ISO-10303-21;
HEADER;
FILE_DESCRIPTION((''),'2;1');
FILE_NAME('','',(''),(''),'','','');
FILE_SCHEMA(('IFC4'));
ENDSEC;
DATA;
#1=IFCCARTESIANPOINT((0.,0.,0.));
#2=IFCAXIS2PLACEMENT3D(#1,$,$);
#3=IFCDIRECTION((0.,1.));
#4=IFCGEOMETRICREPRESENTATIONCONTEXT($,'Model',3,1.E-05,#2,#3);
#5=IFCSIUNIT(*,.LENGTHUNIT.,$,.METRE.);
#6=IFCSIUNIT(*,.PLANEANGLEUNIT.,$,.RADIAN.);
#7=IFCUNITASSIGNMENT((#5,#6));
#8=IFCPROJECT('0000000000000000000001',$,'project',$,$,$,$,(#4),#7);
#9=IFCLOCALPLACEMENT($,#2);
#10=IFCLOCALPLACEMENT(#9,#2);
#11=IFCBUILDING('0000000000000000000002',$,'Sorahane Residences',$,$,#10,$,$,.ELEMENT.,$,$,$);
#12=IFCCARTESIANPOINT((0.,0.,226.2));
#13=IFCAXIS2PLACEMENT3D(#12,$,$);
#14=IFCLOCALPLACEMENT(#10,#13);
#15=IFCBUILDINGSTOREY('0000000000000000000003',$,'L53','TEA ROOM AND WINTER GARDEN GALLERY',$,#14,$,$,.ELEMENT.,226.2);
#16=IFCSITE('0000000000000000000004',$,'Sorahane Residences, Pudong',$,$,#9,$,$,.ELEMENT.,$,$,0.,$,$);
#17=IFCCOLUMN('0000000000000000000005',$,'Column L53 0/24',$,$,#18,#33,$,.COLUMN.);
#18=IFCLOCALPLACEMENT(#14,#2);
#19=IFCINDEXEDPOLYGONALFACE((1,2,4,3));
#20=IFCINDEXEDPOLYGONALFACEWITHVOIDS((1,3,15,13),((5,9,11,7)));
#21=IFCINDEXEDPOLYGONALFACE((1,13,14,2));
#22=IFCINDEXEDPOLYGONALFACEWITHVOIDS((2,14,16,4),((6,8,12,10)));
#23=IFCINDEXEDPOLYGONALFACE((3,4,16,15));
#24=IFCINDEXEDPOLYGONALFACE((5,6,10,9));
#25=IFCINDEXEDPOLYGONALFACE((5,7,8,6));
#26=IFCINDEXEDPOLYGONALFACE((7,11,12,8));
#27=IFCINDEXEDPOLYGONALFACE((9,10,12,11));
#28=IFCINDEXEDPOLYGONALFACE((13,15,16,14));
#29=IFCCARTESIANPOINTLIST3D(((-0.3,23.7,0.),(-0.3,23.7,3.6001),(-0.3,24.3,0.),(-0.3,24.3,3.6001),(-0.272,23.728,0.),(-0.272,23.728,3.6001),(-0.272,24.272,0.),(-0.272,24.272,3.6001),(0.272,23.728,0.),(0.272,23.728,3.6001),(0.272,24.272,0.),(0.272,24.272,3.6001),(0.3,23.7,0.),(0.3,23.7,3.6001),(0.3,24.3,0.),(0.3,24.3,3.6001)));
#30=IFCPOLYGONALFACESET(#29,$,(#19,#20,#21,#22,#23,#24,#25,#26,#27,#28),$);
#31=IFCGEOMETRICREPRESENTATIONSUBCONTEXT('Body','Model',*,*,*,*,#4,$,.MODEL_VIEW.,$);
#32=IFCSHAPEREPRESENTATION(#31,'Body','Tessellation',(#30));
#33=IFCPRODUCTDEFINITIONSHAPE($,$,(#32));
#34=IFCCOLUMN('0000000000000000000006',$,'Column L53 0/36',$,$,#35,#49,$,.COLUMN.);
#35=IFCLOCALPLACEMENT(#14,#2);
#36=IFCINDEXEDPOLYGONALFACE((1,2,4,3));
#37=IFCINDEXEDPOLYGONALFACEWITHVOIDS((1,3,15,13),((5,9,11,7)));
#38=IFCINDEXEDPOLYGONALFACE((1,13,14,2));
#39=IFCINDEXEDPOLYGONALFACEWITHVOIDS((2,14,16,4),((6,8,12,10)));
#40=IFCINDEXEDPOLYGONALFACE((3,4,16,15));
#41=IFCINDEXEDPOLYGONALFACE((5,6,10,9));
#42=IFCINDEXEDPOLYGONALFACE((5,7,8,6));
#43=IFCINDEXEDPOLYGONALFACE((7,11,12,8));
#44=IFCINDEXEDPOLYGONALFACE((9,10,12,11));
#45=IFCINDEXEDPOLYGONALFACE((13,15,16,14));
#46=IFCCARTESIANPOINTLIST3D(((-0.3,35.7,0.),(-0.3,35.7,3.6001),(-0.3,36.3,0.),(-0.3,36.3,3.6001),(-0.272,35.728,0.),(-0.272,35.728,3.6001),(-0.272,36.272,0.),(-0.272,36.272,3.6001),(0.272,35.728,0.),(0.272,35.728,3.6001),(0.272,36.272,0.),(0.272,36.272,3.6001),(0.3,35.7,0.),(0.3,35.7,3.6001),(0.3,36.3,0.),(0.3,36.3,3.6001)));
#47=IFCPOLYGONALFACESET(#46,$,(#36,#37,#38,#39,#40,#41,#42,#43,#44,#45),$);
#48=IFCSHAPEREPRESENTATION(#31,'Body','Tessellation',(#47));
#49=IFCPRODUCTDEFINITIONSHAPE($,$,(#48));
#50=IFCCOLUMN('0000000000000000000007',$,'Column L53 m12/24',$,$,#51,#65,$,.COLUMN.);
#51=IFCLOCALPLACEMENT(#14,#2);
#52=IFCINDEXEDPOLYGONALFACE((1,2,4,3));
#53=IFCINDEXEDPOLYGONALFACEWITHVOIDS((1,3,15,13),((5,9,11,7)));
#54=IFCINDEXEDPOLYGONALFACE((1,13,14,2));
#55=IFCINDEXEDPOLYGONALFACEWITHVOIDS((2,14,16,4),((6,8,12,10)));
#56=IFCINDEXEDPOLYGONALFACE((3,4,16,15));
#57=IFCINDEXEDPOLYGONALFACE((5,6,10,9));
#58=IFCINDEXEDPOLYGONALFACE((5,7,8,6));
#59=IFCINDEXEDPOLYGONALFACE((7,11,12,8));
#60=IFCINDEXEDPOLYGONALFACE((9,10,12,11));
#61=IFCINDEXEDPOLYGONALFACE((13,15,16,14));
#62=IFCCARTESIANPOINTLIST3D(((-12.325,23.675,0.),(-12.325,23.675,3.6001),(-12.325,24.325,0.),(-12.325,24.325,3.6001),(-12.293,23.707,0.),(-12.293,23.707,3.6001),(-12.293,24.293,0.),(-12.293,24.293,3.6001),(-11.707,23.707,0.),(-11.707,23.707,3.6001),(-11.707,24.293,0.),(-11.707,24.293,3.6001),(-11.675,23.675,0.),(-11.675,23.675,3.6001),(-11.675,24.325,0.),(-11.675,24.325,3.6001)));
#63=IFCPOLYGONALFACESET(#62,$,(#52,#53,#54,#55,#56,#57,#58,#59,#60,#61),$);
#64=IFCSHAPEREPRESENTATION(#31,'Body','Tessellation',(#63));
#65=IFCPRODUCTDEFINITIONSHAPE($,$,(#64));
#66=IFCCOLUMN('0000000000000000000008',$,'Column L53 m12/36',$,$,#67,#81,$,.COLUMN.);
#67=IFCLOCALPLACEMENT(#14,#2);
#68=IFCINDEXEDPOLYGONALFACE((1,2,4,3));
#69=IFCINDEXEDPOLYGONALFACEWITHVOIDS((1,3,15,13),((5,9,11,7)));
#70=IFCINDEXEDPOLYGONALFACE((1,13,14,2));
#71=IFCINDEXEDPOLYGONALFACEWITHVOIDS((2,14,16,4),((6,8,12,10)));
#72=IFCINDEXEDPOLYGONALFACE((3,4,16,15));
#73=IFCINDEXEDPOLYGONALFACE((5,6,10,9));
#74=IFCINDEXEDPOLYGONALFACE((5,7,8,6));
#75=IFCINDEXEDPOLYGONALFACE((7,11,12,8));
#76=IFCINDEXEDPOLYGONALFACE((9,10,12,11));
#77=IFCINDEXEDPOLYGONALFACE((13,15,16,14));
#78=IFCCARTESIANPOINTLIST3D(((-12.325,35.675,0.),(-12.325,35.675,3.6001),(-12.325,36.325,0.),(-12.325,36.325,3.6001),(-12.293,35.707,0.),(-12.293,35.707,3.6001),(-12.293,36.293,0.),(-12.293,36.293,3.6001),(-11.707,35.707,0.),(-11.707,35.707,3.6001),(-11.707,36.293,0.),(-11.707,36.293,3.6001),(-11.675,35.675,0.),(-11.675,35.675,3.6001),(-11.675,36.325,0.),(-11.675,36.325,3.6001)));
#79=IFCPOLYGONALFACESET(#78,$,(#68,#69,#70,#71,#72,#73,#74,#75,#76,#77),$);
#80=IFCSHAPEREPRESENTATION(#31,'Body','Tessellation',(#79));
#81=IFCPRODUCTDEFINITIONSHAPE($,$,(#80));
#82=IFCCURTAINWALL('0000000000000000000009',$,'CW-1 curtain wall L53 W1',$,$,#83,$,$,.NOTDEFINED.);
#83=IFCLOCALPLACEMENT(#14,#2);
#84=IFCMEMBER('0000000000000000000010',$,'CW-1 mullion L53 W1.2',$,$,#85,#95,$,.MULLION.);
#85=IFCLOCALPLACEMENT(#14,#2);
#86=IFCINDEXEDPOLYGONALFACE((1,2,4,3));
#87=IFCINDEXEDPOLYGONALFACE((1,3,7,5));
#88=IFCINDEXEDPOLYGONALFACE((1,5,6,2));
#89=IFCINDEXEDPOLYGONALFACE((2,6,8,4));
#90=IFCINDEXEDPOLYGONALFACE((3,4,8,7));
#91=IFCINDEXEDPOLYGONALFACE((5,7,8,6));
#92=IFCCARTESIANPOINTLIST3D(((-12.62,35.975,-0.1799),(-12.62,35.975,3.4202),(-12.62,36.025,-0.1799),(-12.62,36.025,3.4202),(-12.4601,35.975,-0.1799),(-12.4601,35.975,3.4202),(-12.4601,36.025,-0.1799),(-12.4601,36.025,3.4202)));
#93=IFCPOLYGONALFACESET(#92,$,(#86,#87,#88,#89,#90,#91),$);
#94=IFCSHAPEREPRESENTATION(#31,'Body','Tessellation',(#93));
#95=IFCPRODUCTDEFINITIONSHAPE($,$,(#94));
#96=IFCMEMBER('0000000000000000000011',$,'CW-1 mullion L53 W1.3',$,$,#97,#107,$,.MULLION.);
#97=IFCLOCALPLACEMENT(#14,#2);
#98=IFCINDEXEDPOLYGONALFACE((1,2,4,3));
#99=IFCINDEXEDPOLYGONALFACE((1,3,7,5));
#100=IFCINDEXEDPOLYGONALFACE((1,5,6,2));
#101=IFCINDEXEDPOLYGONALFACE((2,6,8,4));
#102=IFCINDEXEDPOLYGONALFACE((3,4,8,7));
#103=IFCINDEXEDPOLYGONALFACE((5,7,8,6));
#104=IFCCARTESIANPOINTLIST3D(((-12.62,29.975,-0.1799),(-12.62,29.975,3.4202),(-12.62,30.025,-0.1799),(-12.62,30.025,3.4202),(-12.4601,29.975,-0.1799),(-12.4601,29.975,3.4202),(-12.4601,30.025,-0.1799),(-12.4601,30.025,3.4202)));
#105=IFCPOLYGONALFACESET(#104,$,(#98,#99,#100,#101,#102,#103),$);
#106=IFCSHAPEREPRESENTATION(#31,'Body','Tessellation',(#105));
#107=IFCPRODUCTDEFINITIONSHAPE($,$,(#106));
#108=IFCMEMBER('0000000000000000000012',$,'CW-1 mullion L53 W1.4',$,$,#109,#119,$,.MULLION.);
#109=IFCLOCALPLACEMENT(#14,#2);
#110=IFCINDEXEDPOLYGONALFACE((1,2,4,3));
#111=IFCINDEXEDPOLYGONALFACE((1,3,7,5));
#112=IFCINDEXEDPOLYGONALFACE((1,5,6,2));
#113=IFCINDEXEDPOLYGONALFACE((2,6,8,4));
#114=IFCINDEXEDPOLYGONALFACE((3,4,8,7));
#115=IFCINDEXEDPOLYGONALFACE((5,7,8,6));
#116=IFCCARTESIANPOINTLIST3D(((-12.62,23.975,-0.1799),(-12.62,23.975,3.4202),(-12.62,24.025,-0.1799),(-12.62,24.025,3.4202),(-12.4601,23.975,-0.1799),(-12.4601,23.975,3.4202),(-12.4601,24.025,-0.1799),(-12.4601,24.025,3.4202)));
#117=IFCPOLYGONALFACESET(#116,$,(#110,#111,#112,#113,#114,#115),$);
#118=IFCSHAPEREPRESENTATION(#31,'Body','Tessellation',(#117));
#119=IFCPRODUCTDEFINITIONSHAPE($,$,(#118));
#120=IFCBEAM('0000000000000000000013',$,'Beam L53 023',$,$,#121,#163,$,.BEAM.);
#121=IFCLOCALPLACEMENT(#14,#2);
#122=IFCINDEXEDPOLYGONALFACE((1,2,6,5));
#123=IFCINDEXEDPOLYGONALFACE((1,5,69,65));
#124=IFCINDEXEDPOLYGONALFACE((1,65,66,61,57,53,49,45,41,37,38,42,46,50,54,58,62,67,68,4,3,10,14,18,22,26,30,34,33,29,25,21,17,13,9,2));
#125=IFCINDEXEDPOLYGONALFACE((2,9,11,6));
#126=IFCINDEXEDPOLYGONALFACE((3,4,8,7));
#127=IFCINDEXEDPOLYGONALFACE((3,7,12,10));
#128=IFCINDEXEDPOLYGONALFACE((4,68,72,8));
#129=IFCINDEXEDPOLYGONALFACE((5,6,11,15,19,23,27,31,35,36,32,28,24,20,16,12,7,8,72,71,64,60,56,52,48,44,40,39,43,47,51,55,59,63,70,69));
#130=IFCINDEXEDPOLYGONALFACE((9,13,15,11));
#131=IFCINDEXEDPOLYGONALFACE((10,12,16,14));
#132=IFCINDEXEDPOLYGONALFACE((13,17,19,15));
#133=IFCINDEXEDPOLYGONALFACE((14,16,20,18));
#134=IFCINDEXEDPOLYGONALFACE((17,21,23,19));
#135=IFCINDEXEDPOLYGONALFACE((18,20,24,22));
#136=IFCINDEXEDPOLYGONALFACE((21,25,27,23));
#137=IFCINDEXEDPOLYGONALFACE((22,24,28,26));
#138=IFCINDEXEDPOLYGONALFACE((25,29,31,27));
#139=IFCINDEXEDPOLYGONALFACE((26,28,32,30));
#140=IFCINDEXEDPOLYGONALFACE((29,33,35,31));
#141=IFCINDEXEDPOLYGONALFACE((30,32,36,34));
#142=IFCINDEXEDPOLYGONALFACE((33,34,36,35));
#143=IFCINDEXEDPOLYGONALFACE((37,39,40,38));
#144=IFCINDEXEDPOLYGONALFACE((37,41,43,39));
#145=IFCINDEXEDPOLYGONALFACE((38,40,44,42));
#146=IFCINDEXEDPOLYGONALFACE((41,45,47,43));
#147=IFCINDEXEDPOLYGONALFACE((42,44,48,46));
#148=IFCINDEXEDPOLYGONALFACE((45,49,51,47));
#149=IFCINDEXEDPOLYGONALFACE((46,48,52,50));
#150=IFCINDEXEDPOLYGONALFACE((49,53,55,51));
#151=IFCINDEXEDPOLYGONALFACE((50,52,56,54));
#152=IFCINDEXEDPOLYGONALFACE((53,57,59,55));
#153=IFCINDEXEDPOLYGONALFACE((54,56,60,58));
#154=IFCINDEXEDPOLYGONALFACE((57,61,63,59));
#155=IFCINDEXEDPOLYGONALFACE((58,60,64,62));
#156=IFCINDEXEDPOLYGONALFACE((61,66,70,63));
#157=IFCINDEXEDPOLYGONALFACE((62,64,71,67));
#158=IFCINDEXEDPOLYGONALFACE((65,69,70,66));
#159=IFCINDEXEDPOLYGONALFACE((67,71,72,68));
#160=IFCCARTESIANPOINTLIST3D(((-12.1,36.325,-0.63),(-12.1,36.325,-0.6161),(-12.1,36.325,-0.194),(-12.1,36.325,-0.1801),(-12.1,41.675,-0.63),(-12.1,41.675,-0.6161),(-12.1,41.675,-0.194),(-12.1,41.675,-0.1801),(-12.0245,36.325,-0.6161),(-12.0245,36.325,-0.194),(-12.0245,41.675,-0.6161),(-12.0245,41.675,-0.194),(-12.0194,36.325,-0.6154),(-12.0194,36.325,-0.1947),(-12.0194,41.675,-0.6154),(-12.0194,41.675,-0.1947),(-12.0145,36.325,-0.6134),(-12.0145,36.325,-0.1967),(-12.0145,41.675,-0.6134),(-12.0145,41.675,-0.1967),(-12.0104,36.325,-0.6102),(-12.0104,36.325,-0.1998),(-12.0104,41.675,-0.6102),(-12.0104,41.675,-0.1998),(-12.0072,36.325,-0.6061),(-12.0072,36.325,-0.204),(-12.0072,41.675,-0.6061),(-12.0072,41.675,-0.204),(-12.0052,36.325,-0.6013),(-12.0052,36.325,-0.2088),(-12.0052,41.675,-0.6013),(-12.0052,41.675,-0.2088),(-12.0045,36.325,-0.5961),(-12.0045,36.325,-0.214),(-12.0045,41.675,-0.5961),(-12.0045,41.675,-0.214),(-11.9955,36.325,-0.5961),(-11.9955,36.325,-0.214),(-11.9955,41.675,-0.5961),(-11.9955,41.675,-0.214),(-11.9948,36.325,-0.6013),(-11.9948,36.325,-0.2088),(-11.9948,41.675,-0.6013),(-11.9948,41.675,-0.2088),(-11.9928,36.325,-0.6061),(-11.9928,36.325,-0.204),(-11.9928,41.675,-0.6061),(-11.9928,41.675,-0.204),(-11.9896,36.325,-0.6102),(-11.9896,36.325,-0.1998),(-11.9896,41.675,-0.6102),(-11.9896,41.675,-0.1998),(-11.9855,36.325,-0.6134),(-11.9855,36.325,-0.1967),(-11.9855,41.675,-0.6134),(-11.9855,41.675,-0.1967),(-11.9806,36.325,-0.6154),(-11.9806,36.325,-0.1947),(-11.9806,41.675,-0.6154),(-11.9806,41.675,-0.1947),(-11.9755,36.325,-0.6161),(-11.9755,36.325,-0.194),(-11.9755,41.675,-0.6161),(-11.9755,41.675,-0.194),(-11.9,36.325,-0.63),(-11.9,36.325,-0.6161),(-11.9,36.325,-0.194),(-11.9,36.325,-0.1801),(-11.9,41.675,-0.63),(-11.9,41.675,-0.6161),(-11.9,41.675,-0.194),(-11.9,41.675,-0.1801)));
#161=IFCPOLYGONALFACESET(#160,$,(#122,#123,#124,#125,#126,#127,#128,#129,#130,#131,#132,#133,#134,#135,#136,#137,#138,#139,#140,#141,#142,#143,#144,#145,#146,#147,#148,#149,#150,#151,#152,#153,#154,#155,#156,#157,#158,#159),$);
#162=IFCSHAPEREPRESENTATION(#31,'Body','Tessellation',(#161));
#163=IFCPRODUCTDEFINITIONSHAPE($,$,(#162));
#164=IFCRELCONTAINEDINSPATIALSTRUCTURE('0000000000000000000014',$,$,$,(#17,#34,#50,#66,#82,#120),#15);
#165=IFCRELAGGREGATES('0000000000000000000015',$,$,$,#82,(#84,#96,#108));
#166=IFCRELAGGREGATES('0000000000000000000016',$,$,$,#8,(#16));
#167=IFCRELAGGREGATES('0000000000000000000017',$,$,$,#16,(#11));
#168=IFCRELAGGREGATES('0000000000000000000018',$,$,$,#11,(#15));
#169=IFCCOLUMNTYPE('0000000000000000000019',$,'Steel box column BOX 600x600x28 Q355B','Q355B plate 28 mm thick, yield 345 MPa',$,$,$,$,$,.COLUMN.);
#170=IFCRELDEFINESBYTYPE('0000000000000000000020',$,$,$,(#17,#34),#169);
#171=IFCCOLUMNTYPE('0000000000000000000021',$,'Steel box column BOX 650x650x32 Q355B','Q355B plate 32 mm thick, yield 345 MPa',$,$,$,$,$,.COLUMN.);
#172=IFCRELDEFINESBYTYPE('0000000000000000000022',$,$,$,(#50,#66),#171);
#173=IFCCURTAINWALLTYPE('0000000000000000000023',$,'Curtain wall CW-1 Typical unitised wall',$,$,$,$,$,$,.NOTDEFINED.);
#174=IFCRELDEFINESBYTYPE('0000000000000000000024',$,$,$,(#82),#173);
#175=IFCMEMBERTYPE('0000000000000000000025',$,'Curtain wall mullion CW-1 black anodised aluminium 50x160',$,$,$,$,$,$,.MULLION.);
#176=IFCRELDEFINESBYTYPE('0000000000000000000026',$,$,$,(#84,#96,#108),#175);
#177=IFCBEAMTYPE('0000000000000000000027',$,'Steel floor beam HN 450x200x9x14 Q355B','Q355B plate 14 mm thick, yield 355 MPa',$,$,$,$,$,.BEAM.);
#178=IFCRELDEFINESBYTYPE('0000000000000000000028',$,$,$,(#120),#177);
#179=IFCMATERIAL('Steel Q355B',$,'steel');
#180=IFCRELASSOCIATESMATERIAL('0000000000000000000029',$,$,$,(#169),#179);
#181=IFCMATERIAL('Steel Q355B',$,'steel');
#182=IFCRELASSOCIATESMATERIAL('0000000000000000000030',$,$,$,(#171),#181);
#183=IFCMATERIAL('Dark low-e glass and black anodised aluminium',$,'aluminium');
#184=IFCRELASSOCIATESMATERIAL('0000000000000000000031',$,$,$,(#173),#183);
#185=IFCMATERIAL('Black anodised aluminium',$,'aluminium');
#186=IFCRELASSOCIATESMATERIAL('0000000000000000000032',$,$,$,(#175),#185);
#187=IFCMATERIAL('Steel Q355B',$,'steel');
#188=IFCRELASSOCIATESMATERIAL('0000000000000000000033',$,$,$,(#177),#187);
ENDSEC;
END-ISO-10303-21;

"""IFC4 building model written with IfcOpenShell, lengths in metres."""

from ifc_helpers import new_model, si_unit, direction, frame, origin, origin_2d, place, context, subcontext, project, spatial, rectangle, hollow_rectangle, i_section, extrude, material, material_profile, profile_set, type_object, element, aggregate, save


model = new_model("IFC4")

# Units and contexts
model_context = context("Model", 3, precision=1e-05, world=origin(), true_north=direction((0.0, 1.0)))
body_context = subcontext(model_context, "Body", "Model", "MODEL_VIEW")
ifc_project = project(units=[si_unit("LENGTHUNIT", "METRE"), si_unit("PLANEANGLEUNIT", "RADIAN")], contexts=[model_context])

# Site, building, storey
site_placement = place(None, origin())
site = spatial("IfcSite", under=ifc_project, at=site_placement, Name="Sorahane Residences, Pudong", CompositionType="ELEMENT", RefElevation=0.0)
building_placement = place(site_placement, origin())
building = spatial("IfcBuilding", under=site, at=building_placement, Name="Sorahane Residences", CompositionType="ELEMENT")
storey_placement = place(building_placement, frame((0.0, 0.0, 226.2)))
storey = spatial("IfcBuildingStorey", under=building, at=storey_placement, Name="L53", Description="TEA ROOM AND WINTER GARDEN GALLERY", CompositionType="ELEMENT", Elevation=226.2)

# Columns
ifc_material_1 = material(Name="Steel Q355B", Category="steel")
ifc_material_profile_1 = material_profile(ifc_material_1, hollow_rectangle(XDim=0.6001, YDim=0.6001, WallThickness=0.0281, at=origin_2d()), Name="BOX 600x600x28")
ifc_profile_set_1 = profile_set([ifc_material_profile_1], Name="Steel Q355B")
column_type_1 = type_object("IfcColumnType", Name="Steel box column BOX 600x600x28 Q355B", Description="Q355B plate 28 mm thick, yield 345 MPa", PredefinedType="COLUMN", material=ifc_profile_set_1)
for number, where, z_axis, x_axis, name in (
    (1, (0.0, 24.0, 0.0), (0.0, 0.0, 1.0), (1.0, 0.0, 0.0), "Column L53 0/24"),
    (2, (0.0, 36.0, 0.0), (0.0, 0.0, 1.0), (1.0, 0.0, 0.0), "Column L53 0/36"),
):
    element("IfcColumn", number, at=place(storey_placement, frame(where, z_axis=z_axis, x_axis=x_axis)), inside=storey, type_object=column_type_1, Name=name, PredefinedType="COLUMN", context=body_context, shape_type="SweptSolid", body=[
        extrude(hollow_rectangle(XDim=0.6001, YDim=0.6001, WallThickness=0.0281, at=origin_2d()), origin(), (0.0, 0.0, 1.0), 3.6001),
    ])
ifc_material_2 = material(Name="Steel Q355B", Category="steel")
ifc_material_profile_2 = material_profile(ifc_material_2, hollow_rectangle(XDim=0.6499, YDim=0.6499, WallThickness=0.032, at=origin_2d()), Name="BOX 650x650x32")
ifc_profile_set_2 = profile_set([ifc_material_profile_2], Name="Steel Q355B")
column_type_2 = type_object("IfcColumnType", Name="Steel box column BOX 650x650x32 Q355B", Description="Q355B plate 32 mm thick, yield 345 MPa", PredefinedType="COLUMN", material=ifc_profile_set_2)
for number, where, z_axis, x_axis, name in (
    (3, (-12.0, 24.0, 0.0), (0.0, 0.0, 1.0), (1.0, 0.0, 0.0), "Column L53 m12/24"),
    (4, (-12.0, 36.0, 0.0), (0.0, 0.0, 1.0), (1.0, 0.0, 0.0), "Column L53 m12/36"),
):
    element("IfcColumn", number, at=place(storey_placement, frame(where, z_axis=z_axis, x_axis=x_axis)), inside=storey, type_object=column_type_2, Name=name, PredefinedType="COLUMN", context=body_context, shape_type="SweptSolid", body=[
        extrude(hollow_rectangle(XDim=0.6499, YDim=0.6499, WallThickness=0.032, at=origin_2d()), origin(), (0.0, 0.0, 1.0), 3.6001),
    ])

# Curtain wall, members
ifc_material_3 = material(Name="Dark low-e glass and black anodised aluminium", Category="aluminium")
curtain_wall_type = type_object("IfcCurtainWallType", Name="Curtain wall CW-1 Typical unitised wall", PredefinedType="NOTDEFINED", material=ifc_material_3)
curtain_wall_placement = place(storey_placement, origin())
curtain_wall = element("IfcCurtainWall", 5, at=curtain_wall_placement, inside=storey, type_object=curtain_wall_type, Name="CW-1 curtain wall L53 W1", PredefinedType="NOTDEFINED")
ifc_material_4 = material(Name="Black anodised aluminium", Category="aluminium")
ifc_material_profile_3 = material_profile(ifc_material_4, rectangle(XDim=0.1599, YDim=0.05, at=origin_2d()), Name="Curtain wall mullion CW-1 black anodised aluminium 50x160")
ifc_profile_set_3 = profile_set([ifc_material_profile_3], Name="Black anodised aluminium")
member_type = type_object("IfcMemberType", Name="Curtain wall mullion CW-1 black anodised aluminium 50x160", PredefinedType="MULLION", material=ifc_profile_set_3)
member_1_placement = place(storey_placement, frame((-12.54, 36.0, -0.1799), z_axis=(0.0, 0.0, 1.0), x_axis=(-1.0, 0.0, 0.0)))
member_1 = element("IfcMember", 6, at=member_1_placement, type_object=member_type, Name="CW-1 mullion L53 W1.2", PredefinedType="MULLION", context=body_context, shape_type="SweptSolid", body=[
    extrude(rectangle(XDim=0.1599, YDim=0.05, at=origin_2d()), origin(), (0.0, 0.0, 1.0), 3.6001),
])
member_2_placement = place(storey_placement, frame((-12.54, 30.0, -0.1799), z_axis=(0.0, 0.0, 1.0), x_axis=(-1.0, 0.0, 0.0)))
member_2 = element("IfcMember", 7, at=member_2_placement, type_object=member_type, Name="CW-1 mullion L53 W1.3", PredefinedType="MULLION", context=body_context, shape_type="SweptSolid", body=[
    extrude(rectangle(XDim=0.1599, YDim=0.05, at=origin_2d()), origin(), (0.0, 0.0, 1.0), 3.6001),
])
member_3_placement = place(storey_placement, frame((-12.54, 24.0, -0.1799), z_axis=(0.0, 0.0, 1.0), x_axis=(-1.0, 0.0, 0.0)))
member_3 = element("IfcMember", 8, at=member_3_placement, type_object=member_type, Name="CW-1 mullion L53 W1.4", PredefinedType="MULLION", context=body_context, shape_type="SweptSolid", body=[
    extrude(rectangle(XDim=0.1599, YDim=0.05, at=origin_2d()), origin(), (0.0, 0.0, 1.0), 3.6001),
])

# Beam
ifc_material_5 = material(Name="Steel Q355B", Category="steel")
ifc_material_profile_4 = material_profile(ifc_material_5, i_section(OverallWidth=0.2, OverallDepth=0.45, WebThickness=0.009, FlangeThickness=0.0139, FilletRadius=0.02, at=origin_2d()), Name="HN 450x200x9x14")
ifc_profile_set_4 = profile_set([ifc_material_profile_4], Name="Steel Q355B")
beam_type_1 = type_object("IfcBeamType", Name="Steel floor beam HN 450x200x9x14 Q355B", Description="Q355B plate 14 mm thick, yield 355 MPa", PredefinedType="BEAM", material=ifc_profile_set_4)
beam_1_placement = place(storey_placement, frame((-12.0, 36.325, -0.405), z_axis=(0.0, 1.0, 0.0), x_axis=(-1.0, 0.0, 0.0)))
element("IfcBeam", 9, at=beam_1_placement, inside=storey, type_object=beam_type_1, Name="Beam L53 023", PredefinedType="BEAM", context=body_context, shape_type="SweptSolid", body=[
    extrude(i_section(OverallWidth=0.2, OverallDepth=0.45, WebThickness=0.009, FlangeThickness=0.0139, FilletRadius=0.02, at=origin_2d()), origin(), (0.0, 0.0, 1.0), 5.3501),
])

aggregate(curtain_wall, [member_1, member_2, member_3])

save(model, "model.ifc")
